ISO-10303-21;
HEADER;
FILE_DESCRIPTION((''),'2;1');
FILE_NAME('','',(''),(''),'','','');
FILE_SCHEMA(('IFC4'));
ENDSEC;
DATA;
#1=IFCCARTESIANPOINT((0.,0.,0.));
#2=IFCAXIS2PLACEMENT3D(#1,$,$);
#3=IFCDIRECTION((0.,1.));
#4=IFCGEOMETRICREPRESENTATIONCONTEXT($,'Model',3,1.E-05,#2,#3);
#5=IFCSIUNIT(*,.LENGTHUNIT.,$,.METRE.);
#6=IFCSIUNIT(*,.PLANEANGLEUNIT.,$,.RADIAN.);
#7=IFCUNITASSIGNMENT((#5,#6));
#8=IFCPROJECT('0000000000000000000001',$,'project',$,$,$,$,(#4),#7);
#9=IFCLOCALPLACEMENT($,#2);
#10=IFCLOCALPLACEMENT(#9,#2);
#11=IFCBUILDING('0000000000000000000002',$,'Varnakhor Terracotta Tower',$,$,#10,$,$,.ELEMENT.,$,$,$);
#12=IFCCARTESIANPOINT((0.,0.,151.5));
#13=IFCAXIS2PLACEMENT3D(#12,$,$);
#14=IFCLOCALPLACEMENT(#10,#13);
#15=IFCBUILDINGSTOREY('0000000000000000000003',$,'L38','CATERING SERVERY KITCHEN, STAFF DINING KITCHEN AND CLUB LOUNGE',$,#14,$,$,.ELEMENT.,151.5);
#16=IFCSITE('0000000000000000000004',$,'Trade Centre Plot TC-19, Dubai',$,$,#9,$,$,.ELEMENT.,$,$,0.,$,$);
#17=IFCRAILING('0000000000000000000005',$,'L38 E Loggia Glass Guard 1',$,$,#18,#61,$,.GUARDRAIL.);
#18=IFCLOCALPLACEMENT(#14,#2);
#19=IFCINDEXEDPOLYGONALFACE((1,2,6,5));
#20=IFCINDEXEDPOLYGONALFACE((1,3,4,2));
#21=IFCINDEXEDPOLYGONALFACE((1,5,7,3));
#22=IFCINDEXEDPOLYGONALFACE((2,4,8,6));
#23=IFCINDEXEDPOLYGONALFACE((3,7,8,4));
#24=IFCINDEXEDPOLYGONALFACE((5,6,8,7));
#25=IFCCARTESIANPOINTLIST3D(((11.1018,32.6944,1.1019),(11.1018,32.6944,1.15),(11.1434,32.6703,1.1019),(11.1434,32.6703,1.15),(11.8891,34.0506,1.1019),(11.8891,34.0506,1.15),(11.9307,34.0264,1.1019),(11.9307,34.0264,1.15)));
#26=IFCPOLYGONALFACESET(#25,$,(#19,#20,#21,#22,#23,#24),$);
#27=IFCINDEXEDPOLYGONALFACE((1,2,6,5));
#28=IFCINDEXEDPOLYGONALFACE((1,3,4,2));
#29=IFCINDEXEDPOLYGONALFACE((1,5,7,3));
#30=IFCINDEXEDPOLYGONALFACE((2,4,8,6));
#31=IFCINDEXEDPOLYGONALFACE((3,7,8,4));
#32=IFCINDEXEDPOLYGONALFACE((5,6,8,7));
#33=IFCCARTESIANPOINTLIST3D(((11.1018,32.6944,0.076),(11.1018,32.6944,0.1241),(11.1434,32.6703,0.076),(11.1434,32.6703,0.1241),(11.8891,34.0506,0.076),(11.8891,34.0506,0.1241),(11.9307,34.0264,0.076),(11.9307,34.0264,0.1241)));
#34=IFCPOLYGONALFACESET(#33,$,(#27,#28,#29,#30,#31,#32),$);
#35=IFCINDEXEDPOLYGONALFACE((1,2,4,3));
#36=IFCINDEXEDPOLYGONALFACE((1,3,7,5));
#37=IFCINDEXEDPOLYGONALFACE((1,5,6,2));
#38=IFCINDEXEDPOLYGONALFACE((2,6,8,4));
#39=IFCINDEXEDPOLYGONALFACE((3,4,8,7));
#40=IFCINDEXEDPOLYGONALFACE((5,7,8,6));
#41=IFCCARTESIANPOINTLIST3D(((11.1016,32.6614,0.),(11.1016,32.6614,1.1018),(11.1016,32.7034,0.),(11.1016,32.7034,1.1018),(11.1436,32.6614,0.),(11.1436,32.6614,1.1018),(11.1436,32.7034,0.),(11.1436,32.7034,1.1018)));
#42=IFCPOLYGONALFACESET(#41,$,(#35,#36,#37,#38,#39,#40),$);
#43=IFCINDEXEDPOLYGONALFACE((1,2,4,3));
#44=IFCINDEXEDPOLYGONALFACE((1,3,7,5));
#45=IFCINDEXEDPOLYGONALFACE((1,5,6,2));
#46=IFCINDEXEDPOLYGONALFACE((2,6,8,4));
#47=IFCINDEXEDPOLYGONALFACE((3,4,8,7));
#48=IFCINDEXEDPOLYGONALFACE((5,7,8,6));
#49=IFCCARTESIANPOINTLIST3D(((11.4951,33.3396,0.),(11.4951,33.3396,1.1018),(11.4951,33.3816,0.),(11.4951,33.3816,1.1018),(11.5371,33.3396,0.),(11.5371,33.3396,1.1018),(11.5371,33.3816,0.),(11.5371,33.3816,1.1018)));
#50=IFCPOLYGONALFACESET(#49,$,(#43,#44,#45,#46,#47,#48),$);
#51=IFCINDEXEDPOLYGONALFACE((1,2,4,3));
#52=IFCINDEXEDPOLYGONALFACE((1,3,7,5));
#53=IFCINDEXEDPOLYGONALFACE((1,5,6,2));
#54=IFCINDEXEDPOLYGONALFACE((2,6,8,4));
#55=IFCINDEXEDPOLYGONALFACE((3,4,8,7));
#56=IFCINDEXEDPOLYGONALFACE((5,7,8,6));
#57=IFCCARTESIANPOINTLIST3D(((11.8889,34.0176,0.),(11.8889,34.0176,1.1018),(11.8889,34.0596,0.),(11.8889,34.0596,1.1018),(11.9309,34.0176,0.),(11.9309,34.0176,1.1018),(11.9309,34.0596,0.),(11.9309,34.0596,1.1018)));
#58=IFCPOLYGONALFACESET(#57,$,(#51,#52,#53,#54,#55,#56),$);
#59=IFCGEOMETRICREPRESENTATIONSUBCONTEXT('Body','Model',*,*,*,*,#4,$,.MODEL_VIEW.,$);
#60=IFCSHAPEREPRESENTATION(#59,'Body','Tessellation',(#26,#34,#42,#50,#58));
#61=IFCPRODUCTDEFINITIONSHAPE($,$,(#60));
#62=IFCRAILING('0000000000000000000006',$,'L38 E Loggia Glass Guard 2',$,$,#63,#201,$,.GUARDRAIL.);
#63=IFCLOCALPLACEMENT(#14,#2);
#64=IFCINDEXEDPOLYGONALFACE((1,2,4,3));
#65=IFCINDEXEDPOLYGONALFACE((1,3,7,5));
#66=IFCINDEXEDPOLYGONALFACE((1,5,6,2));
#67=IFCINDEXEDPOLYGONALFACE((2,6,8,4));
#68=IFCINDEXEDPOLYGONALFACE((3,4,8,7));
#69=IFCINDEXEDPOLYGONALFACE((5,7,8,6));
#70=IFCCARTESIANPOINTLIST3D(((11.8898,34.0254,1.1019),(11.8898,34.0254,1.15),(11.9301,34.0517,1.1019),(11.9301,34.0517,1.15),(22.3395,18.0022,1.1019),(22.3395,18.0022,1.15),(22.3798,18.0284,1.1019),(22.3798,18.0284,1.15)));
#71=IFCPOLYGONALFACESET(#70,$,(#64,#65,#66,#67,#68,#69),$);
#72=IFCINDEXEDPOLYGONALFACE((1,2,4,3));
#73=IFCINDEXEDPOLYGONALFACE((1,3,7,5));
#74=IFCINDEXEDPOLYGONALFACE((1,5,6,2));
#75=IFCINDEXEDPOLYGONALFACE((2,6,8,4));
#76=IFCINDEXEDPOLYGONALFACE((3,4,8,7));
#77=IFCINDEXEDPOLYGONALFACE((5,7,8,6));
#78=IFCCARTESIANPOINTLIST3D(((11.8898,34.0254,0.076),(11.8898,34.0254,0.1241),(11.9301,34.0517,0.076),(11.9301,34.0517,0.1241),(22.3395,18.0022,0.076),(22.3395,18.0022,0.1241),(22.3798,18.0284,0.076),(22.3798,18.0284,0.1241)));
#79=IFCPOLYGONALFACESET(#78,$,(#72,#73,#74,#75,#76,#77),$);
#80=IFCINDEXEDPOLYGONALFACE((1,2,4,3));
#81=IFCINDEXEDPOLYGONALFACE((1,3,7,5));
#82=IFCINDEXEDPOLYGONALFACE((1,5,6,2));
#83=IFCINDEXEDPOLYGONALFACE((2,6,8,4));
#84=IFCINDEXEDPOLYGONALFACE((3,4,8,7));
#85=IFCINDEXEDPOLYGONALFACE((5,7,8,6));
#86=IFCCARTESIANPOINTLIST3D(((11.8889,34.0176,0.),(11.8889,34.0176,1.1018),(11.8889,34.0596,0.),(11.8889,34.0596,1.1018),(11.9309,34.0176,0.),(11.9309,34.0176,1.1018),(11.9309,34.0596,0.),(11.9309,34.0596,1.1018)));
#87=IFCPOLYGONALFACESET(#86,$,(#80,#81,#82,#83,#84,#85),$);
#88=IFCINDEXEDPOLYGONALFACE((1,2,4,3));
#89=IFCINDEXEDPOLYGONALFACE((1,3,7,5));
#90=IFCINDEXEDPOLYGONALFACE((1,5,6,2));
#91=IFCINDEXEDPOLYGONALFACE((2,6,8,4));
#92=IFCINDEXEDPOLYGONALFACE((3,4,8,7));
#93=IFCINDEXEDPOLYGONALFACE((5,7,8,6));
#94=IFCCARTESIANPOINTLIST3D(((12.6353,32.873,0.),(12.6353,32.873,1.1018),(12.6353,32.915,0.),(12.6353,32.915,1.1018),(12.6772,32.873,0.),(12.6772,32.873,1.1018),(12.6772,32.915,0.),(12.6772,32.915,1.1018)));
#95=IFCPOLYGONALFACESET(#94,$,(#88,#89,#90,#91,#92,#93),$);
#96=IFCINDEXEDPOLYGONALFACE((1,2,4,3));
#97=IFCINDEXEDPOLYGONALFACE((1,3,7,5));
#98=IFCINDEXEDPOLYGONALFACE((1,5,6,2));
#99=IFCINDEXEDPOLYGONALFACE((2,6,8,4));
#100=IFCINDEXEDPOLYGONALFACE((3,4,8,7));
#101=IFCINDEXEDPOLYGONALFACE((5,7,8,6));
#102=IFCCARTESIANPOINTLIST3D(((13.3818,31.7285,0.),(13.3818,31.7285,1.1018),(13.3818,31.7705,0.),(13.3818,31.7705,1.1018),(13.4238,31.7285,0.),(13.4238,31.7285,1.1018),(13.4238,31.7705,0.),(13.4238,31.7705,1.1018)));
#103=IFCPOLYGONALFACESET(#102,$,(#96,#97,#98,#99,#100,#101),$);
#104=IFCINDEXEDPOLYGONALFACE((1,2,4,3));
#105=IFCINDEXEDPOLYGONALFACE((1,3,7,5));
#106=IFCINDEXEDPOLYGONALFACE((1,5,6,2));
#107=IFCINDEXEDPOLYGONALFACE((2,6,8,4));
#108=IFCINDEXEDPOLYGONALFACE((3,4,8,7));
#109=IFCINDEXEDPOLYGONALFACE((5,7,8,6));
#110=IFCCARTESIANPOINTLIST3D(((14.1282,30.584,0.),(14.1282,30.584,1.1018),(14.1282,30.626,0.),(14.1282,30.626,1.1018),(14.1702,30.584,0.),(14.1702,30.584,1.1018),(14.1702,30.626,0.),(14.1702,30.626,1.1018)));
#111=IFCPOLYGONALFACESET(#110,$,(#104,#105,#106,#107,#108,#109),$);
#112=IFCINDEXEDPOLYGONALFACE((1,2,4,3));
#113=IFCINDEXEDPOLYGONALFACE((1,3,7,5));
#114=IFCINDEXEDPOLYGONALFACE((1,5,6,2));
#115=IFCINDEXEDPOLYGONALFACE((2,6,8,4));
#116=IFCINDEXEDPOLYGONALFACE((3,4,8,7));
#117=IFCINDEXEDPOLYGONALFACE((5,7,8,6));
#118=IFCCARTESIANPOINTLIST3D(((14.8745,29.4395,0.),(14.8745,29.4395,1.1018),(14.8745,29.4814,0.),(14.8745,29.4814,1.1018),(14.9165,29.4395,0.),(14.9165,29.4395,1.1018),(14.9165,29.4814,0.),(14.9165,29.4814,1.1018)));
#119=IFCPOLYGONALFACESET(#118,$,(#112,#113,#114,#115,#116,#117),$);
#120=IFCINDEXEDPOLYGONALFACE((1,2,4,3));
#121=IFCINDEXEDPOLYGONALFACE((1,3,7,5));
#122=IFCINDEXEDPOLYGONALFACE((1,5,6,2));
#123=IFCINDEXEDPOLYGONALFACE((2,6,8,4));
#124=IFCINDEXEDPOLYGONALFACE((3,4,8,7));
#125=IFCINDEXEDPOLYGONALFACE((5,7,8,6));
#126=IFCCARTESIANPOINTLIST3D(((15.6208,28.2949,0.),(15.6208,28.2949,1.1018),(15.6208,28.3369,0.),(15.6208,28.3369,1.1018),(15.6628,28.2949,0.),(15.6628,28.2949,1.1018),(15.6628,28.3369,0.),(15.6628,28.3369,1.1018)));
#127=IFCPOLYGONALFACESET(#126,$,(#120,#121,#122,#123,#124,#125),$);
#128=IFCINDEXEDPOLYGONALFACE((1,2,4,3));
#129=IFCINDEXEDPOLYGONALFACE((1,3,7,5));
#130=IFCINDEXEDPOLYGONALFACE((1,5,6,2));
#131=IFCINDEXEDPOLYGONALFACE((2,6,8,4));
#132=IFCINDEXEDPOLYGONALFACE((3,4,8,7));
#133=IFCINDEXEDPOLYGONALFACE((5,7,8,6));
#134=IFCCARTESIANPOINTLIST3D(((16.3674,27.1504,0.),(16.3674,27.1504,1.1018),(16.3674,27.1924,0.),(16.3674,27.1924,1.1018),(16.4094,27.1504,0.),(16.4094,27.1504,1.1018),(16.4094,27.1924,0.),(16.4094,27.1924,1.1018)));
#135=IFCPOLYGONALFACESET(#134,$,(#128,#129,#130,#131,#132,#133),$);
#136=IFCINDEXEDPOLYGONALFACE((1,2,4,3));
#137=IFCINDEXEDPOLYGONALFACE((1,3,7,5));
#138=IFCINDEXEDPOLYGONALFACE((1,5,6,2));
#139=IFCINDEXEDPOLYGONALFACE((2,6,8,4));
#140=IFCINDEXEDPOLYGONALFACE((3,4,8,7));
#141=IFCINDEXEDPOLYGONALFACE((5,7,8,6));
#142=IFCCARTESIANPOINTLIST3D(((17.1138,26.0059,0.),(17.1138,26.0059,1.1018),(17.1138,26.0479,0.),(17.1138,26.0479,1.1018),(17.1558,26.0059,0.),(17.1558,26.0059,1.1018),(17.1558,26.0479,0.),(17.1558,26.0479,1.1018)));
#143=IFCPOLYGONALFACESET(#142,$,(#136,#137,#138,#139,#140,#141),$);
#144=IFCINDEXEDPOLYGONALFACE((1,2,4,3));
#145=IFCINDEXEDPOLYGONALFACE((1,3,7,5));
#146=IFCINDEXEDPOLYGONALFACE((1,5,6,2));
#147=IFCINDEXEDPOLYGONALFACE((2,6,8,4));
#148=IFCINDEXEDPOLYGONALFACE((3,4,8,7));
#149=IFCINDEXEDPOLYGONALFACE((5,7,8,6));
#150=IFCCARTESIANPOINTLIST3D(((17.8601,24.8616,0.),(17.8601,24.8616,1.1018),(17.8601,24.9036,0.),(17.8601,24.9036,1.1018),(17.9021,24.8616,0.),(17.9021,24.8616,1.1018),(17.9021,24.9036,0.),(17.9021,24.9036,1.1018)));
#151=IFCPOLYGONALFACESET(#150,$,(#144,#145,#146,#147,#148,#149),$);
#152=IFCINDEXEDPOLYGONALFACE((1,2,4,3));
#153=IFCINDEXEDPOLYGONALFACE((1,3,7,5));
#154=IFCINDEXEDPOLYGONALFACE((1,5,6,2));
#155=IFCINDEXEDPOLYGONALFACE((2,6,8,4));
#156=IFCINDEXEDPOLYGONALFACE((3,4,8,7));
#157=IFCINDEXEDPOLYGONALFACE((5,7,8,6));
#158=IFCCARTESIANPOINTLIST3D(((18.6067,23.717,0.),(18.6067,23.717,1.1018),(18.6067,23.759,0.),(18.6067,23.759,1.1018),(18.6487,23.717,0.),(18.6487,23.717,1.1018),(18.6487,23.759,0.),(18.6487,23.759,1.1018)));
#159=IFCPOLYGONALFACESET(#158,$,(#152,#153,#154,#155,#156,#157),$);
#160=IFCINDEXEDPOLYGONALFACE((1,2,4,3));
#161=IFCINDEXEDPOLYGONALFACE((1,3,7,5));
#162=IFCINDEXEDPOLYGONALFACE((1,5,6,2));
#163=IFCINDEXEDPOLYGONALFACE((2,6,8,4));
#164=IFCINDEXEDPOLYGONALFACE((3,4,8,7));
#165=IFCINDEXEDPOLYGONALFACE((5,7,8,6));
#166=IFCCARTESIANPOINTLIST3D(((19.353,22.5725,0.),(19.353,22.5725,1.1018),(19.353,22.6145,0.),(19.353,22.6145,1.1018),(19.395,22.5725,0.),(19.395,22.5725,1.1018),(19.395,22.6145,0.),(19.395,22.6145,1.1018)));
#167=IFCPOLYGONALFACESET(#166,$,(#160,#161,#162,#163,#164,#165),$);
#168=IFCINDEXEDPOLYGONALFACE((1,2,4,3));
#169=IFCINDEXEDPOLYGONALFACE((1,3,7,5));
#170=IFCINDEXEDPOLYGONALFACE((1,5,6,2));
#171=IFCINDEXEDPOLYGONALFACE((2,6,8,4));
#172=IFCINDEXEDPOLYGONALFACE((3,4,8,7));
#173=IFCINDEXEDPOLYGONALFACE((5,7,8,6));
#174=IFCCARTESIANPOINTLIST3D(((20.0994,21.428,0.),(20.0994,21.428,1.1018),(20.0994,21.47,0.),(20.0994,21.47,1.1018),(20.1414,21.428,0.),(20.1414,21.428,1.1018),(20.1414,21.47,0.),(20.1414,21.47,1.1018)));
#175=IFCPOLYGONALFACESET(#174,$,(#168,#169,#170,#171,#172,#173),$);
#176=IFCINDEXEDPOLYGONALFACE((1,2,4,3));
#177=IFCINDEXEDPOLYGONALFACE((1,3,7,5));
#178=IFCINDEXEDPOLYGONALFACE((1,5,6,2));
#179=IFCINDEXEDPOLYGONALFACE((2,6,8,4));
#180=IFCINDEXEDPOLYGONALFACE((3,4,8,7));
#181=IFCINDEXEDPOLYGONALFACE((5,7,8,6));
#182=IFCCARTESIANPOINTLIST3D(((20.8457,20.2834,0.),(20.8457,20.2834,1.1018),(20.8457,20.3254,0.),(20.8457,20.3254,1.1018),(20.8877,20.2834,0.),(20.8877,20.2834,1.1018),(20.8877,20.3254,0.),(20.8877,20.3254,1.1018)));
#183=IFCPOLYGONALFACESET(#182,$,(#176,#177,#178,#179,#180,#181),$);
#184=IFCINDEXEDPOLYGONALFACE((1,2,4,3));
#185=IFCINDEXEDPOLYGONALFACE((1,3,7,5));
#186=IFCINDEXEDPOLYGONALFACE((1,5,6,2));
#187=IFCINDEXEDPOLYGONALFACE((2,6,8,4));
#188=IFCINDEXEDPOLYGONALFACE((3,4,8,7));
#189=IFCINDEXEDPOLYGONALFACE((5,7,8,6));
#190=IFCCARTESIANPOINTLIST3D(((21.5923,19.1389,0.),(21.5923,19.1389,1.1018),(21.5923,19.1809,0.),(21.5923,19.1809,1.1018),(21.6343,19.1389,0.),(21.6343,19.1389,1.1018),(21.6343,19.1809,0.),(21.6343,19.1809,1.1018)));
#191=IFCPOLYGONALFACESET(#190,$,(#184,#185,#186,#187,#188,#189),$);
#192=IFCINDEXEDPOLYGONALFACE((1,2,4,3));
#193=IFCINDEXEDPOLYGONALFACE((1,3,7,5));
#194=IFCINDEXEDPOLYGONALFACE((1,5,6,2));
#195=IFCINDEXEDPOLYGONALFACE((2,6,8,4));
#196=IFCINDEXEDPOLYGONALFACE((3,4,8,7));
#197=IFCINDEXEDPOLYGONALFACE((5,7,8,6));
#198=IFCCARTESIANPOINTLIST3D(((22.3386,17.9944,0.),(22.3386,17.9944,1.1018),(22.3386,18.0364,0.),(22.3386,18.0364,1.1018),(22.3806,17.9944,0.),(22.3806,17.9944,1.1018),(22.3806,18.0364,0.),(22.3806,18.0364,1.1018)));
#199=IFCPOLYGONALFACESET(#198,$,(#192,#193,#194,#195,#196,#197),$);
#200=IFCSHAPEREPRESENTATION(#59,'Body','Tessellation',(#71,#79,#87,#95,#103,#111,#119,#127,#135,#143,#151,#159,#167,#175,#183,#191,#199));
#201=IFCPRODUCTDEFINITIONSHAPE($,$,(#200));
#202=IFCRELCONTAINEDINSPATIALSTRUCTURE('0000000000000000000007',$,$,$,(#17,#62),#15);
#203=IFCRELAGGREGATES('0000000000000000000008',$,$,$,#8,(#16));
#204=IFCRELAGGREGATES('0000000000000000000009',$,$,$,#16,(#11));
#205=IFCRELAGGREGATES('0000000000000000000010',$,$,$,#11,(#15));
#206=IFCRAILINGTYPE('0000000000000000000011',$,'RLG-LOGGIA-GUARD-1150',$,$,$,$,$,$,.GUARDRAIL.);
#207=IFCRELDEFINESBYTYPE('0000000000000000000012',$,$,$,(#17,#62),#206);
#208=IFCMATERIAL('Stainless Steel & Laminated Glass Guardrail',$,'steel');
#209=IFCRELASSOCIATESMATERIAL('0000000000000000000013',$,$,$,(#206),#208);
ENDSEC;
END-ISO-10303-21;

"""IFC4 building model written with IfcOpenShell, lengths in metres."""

from ifc_helpers import new_model, si_unit, direction, frame, origin, origin_2d, place, context, subcontext, project, spatial, rectangle, extrude, material, type_object, element, save


model = new_model("IFC4")

# Units and contexts
model_context = context("Model", 3, precision=1e-05, world=origin(), true_north=direction((0.0, 1.0)))
body_context = subcontext(model_context, "Body", "Model", "MODEL_VIEW")
ifc_project = project(units=[si_unit("LENGTHUNIT", "METRE"), si_unit("PLANEANGLEUNIT", "RADIAN")], contexts=[model_context])

# Site, building, storey
site_placement = place(None, origin())
site = spatial("IfcSite", under=ifc_project, at=site_placement, Name="Trade Centre Plot TC-19, Dubai", CompositionType="ELEMENT", RefElevation=0.0)
building_placement = place(site_placement, origin())
building = spatial("IfcBuilding", under=site, at=building_placement, Name="Varnakhor Terracotta Tower", CompositionType="ELEMENT")
storey_placement = place(building_placement, frame((0.0, 0.0, 151.5)))
storey = spatial("IfcBuildingStorey", under=building, at=storey_placement, Name="L38", Description="CATERING SERVERY KITCHEN, STAFF DINING KITCHEN AND CLUB LOUNGE", CompositionType="ELEMENT", Elevation=151.5)

# Railings
ifc_material_1 = material(Name="Stainless Steel & Laminated Glass Guardrail", Category="steel")
railing_type = type_object("IfcRailingType", Name="RLG-LOGGIA-GUARD-1150", PredefinedType="GUARDRAIL", material=ifc_material_1)
railing_1_placement = place(storey_placement, frame((11.1226, 32.6824, 0.0)))
element("IfcRailing", 1, at=railing_1_placement, inside=storey, type_object=railing_type, Name="L38 E Loggia Glass Guard 1", PredefinedType="GUARDRAIL", context=body_context, shape_type="SweptSolid", body=[
    extrude(rectangle(XDim=0.0481, YDim=0.0481, at=origin_2d()), frame((0.0, 0.0, 1.126), z_axis=(0.502079, 0.864822, 0.0), x_axis=(-0.864822, 0.502079, 0.0)), (0.0, 0.0, 1.0), 1.5681),
    extrude(rectangle(XDim=0.0481, YDim=0.0481, at=origin_2d()), frame((0.0, 0.0, 0.1001), z_axis=(0.502079, 0.864822, 0.0), x_axis=(-0.864822, 0.502079, 0.0)), (0.0, 0.0, 1.0), 1.5681),
    extrude(rectangle(XDim=0.042, YDim=0.042, at=origin_2d()), origin(), (0.0, 0.0, 1.0), 1.1018),
    extrude(rectangle(XDim=0.042, YDim=0.042, at=origin_2d()), frame((0.3936, 0.6782, 0.0)), (0.0, 0.0, 1.0), 1.1018),
    extrude(rectangle(XDim=0.042, YDim=0.042, at=origin_2d()), frame((0.7874, 1.3562, 0.0)), (0.0, 0.0, 1.0), 1.1018),
])
railing_2_placement = place(storey_placement, frame((11.9099, 34.0386, 0.0)))
element("IfcRailing", 2, at=railing_2_placement, inside=storey, type_object=railing_type, Name="L38 E Loggia Glass Guard 2", PredefinedType="GUARDRAIL", context=body_context, shape_type="SweptSolid", body=[
    extrude(rectangle(XDim=0.0481, YDim=0.0481, at=origin_2d()), frame((0.0, 0.0, 1.126), z_axis=(0.54626, -0.837615, 0.0), x_axis=(0.837615, 0.54626, 0.0)), (0.0, 0.0, 1.0), 19.1296),
    extrude(rectangle(XDim=0.0481, YDim=0.0481, at=origin_2d()), frame((0.0, 0.0, 0.1001), z_axis=(0.54626, -0.837615, 0.0), x_axis=(0.837615, 0.54626, 0.0)), (0.0, 0.0, 1.0), 19.1296),
    extrude(rectangle(XDim=0.042, YDim=0.042, at=origin_2d()), origin(), (0.0, 0.0, 1.0), 1.1018),
    extrude(rectangle(XDim=0.042, YDim=0.042, at=origin_2d()), frame((0.7463, -1.1445, 0.0)), (0.0, 0.0, 1.0), 1.1018),
    extrude(rectangle(XDim=0.042, YDim=0.042, at=origin_2d()), frame((1.4929, -2.2891, 0.0)), (0.0, 0.0, 1.0), 1.1018),
    extrude(rectangle(XDim=0.042, YDim=0.042, at=origin_2d()), frame((2.2393, -3.4336, 0.0)), (0.0, 0.0, 1.0), 1.1018),
    extrude(rectangle(XDim=0.042, YDim=0.042, at=origin_2d()), frame((2.9856, -4.5781, 0.0)), (0.0, 0.0, 1.0), 1.1018),
    extrude(rectangle(XDim=0.042, YDim=0.042, at=origin_2d()), frame((3.7319, -5.7227, 0.0)), (0.0, 0.0, 1.0), 1.1018),
    extrude(rectangle(XDim=0.042, YDim=0.042, at=origin_2d()), frame((4.4785, -6.8672, 0.0)), (0.0, 0.0, 1.0), 1.1018),
    extrude(rectangle(XDim=0.042, YDim=0.042, at=origin_2d()), frame((5.2249, -8.0117, 0.0)), (0.0, 0.0, 1.0), 1.1018),
    extrude(rectangle(XDim=0.042, YDim=0.042, at=origin_2d()), frame((5.9712, -9.156, 0.0)), (0.0, 0.0, 1.0), 1.1018),
    extrude(rectangle(XDim=0.042, YDim=0.042, at=origin_2d()), frame((6.7178, -10.3005, 0.0)), (0.0, 0.0, 1.0), 1.1018),
    extrude(rectangle(XDim=0.042, YDim=0.042, at=origin_2d()), frame((7.4641, -11.4451, 0.0)), (0.0, 0.0, 1.0), 1.1018),
    extrude(rectangle(XDim=0.042, YDim=0.042, at=origin_2d()), frame((8.2104, -12.5896, 0.0)), (0.0, 0.0, 1.0), 1.1018),
    extrude(rectangle(XDim=0.042, YDim=0.042, at=origin_2d()), frame((8.9568, -13.7341, 0.0)), (0.0, 0.0, 1.0), 1.1018),
    extrude(rectangle(XDim=0.042, YDim=0.042, at=origin_2d()), frame((9.7034, -14.8787, 0.0)), (0.0, 0.0, 1.0), 1.1018),
    extrude(rectangle(XDim=0.042, YDim=0.042, at=origin_2d()), frame((10.4497, -16.0232, 0.0)), (0.0, 0.0, 1.0), 1.1018),
])

save(model, "model.ifc")
